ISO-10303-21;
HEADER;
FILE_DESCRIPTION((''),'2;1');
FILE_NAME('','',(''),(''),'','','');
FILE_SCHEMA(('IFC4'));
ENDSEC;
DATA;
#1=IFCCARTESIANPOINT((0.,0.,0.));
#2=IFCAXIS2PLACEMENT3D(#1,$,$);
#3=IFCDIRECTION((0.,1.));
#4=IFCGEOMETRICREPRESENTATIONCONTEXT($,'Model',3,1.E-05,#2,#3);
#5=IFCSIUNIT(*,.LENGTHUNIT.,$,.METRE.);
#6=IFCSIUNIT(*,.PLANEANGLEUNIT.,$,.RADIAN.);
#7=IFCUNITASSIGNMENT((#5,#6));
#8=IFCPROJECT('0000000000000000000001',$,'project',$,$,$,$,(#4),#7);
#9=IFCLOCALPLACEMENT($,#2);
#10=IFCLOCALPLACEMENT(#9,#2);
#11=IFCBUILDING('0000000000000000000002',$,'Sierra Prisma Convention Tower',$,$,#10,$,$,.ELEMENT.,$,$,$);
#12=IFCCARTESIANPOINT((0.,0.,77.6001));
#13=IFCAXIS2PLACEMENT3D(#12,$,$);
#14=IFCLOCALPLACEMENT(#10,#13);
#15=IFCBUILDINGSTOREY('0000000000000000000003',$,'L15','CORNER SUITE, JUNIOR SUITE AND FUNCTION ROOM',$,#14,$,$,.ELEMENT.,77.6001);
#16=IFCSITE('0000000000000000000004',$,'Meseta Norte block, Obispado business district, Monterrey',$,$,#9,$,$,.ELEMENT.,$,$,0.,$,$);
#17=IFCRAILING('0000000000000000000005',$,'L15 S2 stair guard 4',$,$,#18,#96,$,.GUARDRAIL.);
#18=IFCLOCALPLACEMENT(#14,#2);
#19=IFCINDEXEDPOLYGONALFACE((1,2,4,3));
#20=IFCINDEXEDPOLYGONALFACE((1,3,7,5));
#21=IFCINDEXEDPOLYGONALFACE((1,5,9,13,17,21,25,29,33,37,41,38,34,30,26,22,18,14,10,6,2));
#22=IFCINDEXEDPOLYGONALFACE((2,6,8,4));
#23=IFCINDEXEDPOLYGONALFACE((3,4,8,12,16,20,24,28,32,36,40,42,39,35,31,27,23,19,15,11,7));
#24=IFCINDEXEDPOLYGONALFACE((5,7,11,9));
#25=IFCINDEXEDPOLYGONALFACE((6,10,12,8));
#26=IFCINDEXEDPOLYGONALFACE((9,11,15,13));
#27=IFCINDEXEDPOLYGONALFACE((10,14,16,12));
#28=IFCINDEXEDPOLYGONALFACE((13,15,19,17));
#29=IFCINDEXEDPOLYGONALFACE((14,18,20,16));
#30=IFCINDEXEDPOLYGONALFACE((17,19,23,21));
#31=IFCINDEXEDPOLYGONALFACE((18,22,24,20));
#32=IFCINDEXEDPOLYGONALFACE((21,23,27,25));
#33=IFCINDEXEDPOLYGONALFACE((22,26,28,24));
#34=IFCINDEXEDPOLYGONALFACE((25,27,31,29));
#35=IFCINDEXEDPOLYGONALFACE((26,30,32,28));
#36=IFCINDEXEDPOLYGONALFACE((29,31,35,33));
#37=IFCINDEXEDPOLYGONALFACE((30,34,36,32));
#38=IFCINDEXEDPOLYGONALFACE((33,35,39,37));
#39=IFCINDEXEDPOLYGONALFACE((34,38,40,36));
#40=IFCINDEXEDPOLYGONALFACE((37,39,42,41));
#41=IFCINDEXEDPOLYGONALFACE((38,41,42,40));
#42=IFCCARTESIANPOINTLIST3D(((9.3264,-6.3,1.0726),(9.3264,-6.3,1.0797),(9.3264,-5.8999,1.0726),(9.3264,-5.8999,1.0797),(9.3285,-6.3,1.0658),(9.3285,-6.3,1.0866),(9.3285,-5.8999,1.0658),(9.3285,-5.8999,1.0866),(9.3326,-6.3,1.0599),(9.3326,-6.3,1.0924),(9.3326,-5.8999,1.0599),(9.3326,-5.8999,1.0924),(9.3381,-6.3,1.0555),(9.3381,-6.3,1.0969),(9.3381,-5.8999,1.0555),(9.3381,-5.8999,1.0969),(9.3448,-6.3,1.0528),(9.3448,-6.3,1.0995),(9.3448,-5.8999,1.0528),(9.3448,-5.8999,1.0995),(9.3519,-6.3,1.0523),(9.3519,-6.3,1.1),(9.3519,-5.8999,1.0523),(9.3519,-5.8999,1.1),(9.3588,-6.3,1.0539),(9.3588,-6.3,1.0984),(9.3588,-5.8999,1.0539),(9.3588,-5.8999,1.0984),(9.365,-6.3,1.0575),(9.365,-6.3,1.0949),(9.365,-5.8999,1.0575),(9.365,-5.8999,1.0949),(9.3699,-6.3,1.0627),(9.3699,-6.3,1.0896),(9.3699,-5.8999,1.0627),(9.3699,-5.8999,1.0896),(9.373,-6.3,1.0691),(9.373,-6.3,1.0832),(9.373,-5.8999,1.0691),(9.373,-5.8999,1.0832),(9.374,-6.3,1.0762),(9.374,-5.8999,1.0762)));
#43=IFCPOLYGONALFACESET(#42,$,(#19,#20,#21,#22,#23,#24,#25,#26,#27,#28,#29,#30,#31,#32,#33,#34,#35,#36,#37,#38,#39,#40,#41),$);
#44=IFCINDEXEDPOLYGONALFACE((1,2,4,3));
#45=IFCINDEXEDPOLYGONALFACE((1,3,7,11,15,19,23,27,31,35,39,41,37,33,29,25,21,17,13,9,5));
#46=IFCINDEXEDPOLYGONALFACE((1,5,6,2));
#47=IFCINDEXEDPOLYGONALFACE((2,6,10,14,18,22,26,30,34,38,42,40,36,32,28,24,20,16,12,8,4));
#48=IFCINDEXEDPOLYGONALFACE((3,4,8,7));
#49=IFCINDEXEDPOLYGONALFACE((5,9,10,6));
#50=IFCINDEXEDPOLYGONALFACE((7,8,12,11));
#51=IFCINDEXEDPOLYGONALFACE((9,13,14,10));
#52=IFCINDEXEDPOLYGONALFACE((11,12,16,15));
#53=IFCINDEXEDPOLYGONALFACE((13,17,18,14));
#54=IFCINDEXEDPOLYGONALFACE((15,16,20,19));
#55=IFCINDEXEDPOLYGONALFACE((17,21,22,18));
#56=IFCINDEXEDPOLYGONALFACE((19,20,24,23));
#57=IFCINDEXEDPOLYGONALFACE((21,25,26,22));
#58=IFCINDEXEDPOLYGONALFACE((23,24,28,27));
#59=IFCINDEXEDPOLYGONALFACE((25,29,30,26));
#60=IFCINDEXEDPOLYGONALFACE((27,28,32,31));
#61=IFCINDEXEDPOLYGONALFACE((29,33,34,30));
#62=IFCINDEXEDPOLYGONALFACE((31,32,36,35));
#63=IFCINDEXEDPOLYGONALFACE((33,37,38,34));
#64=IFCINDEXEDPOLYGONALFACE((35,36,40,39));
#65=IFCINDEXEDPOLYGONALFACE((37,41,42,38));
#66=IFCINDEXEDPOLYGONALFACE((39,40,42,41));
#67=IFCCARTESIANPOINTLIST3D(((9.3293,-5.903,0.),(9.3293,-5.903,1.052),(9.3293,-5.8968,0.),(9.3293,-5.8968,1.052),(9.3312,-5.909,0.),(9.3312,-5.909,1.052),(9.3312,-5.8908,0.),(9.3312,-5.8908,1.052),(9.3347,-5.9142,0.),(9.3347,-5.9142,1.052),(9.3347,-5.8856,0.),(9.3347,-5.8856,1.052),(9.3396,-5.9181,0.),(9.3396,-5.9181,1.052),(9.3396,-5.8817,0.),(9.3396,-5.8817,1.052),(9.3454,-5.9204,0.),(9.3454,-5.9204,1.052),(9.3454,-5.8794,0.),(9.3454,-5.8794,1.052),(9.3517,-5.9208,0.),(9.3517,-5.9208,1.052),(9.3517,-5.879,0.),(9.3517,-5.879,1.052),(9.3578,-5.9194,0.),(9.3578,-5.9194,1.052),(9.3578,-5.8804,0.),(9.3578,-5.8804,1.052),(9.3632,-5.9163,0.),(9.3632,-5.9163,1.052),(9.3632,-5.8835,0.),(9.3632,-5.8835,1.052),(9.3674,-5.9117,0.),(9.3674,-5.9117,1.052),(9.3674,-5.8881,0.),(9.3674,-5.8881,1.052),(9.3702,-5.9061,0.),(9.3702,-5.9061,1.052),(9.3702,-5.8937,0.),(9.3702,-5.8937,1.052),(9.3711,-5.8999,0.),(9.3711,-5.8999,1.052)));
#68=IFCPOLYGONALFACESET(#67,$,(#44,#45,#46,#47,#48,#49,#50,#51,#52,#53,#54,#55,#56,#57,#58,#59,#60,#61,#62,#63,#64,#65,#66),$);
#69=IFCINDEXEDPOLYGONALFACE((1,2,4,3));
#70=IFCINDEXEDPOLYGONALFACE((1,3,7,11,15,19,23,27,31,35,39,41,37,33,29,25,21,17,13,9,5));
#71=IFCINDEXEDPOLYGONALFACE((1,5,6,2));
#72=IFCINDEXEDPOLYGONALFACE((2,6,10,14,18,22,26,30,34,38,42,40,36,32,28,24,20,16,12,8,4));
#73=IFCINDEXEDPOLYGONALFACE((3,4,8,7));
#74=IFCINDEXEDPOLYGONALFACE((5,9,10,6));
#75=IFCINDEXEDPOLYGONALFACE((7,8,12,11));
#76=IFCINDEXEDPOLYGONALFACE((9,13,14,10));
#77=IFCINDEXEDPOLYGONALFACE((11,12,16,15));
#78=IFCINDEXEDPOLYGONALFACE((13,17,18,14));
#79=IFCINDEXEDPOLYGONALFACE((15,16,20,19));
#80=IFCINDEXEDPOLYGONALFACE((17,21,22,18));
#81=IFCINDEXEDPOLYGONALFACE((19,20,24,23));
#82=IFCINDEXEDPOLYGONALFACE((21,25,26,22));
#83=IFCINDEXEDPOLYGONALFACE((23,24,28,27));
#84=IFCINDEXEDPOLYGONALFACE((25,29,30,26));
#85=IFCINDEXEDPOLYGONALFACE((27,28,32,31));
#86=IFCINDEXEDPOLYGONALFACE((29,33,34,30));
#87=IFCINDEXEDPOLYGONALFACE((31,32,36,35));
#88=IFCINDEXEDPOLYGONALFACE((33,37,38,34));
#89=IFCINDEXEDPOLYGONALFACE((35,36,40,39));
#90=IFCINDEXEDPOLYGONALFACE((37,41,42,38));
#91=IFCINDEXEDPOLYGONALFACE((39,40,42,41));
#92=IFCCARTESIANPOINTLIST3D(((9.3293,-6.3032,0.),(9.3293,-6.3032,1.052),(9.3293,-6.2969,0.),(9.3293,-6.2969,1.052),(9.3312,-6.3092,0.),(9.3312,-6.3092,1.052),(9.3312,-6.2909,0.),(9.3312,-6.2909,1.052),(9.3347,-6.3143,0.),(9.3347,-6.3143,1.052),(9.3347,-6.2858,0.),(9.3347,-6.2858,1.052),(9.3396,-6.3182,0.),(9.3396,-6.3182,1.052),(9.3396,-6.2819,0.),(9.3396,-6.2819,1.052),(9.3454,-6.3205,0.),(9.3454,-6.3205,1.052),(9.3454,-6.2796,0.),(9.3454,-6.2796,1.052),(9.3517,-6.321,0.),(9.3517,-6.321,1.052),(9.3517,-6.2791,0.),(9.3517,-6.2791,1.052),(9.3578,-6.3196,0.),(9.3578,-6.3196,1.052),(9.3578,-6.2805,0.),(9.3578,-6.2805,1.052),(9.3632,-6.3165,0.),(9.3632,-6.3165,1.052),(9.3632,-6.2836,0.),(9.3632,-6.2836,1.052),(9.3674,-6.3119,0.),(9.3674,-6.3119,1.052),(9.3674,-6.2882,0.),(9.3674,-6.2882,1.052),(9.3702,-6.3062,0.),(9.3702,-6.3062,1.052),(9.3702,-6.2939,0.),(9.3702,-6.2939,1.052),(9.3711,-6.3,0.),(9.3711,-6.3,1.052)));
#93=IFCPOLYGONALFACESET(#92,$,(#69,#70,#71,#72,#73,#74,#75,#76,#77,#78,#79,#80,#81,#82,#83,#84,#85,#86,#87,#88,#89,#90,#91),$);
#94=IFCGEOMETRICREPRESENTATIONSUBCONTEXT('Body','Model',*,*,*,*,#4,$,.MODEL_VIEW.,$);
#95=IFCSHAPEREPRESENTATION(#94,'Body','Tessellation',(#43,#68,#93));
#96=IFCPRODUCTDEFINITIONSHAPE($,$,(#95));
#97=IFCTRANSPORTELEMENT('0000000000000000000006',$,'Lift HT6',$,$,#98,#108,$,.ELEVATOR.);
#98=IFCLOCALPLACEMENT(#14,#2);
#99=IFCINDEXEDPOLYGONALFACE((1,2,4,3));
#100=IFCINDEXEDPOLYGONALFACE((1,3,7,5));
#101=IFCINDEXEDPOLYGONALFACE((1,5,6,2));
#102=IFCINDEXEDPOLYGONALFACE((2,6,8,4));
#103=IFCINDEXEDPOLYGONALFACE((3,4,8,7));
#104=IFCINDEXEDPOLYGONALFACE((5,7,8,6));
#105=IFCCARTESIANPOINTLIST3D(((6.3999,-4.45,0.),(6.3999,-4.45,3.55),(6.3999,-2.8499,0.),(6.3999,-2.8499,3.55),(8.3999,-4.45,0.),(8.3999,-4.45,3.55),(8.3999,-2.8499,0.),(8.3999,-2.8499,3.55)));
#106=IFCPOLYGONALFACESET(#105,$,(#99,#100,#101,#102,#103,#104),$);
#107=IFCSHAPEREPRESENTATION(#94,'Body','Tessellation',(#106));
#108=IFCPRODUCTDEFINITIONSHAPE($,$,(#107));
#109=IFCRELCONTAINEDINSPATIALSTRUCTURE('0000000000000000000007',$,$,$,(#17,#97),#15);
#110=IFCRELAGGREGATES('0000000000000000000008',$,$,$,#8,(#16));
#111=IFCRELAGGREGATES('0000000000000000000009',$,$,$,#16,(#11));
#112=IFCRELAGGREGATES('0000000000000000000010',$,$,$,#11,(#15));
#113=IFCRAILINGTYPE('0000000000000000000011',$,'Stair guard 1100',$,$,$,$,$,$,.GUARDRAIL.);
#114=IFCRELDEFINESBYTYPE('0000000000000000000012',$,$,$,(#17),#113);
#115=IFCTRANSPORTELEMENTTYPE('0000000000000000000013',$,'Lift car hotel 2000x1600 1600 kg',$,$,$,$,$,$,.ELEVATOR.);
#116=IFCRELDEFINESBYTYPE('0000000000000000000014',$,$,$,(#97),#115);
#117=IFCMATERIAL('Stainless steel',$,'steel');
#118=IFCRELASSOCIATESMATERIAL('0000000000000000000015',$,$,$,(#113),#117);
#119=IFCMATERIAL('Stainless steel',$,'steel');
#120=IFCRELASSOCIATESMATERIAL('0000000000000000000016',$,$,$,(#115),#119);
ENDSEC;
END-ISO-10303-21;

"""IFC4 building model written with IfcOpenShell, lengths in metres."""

from ifc_helpers import new_model, si_unit, direction, frame, origin, origin_2d, place, context, subcontext, project, spatial, rectangle, circle, extrude, material, type_object, element, save


model = new_model("IFC4")

# Units and contexts
model_context = context("Model", 3, precision=1e-05, world=origin(), true_north=direction((0.0, 1.0)))
body_context = subcontext(model_context, "Body", "Model", "MODEL_VIEW")
ifc_project = project(units=[si_unit("LENGTHUNIT", "METRE"), si_unit("PLANEANGLEUNIT", "RADIAN")], contexts=[model_context])

# Site, building, storey
site_placement = place(None, origin())
site = spatial("IfcSite", under=ifc_project, at=site_placement, Name="Meseta Norte block, Obispado business district, Monterrey", CompositionType="ELEMENT", RefElevation=0.0)
building_placement = place(site_placement, origin())
building = spatial("IfcBuilding", under=site, at=building_placement, Name="Sierra Prisma Convention Tower", CompositionType="ELEMENT")
storey_placement = place(building_placement, frame((0.0, 0.0, 77.6001)))
storey = spatial("IfcBuildingStorey", under=building, at=storey_placement, Name="L15", Description="CORNER SUITE, JUNIOR SUITE AND FUNCTION ROOM", CompositionType="ELEMENT", Elevation=77.6001)

# Railing
ifc_material_1 = material(Name="Stainless steel", Category="steel")
railing_type_1 = type_object("IfcRailingType", Name="Stair guard 1100", PredefinedType="GUARDRAIL", material=ifc_material_1)
railing_1_placement = place(storey_placement, frame((9.3501, -5.8999, 0.0)))
element("IfcRailing", 1, at=railing_1_placement, inside=storey, type_object=railing_type_1, Name="L15 S2 stair guard 4", PredefinedType="GUARDRAIL", context=body_context, shape_type="SweptSolid", body=[
    extrude(circle(Radius=0.0239, at=origin_2d()), frame((0.0, 0.0, 1.0762), z_axis=(0.0, -1.0, 0.0), x_axis=(1.0, 0.0, 0.0)), (0.0, 0.0, 1.0), 0.4001),
    extrude(circle(Radius=0.021, at=origin_2d()), origin(), (0.0, 0.0, 1.0), 1.052),
    extrude(circle(Radius=0.021, at=origin_2d()), frame((0.0, -0.4001, 0.0)), (0.0, 0.0, 1.0), 1.052),
])

# Transport element
ifc_material_2 = material(Name="Stainless steel", Category="steel")
transport_element_type = type_object("IfcTransportElementType", Name="Lift car hotel 2000x1600 1600 kg", PredefinedType="ELEVATOR", material=ifc_material_2)
transport_element_placement = place(storey_placement, frame((7.3999, -3.6499, 0.0), z_axis=(0.0, 0.0, 1.0), x_axis=(1.0, 0.0, 0.0)))
element("IfcTransportElement", 2, at=transport_element_placement, inside=storey, type_object=transport_element_type, Name="Lift HT6", PredefinedType="ELEVATOR", context=body_context, shape_type="SweptSolid", body=[
    extrude(rectangle(XDim=2.0, YDim=1.6001, at=origin_2d()), origin(), (0.0, 0.0, 1.0), 3.55),
])

save(model, "model.ifc")
